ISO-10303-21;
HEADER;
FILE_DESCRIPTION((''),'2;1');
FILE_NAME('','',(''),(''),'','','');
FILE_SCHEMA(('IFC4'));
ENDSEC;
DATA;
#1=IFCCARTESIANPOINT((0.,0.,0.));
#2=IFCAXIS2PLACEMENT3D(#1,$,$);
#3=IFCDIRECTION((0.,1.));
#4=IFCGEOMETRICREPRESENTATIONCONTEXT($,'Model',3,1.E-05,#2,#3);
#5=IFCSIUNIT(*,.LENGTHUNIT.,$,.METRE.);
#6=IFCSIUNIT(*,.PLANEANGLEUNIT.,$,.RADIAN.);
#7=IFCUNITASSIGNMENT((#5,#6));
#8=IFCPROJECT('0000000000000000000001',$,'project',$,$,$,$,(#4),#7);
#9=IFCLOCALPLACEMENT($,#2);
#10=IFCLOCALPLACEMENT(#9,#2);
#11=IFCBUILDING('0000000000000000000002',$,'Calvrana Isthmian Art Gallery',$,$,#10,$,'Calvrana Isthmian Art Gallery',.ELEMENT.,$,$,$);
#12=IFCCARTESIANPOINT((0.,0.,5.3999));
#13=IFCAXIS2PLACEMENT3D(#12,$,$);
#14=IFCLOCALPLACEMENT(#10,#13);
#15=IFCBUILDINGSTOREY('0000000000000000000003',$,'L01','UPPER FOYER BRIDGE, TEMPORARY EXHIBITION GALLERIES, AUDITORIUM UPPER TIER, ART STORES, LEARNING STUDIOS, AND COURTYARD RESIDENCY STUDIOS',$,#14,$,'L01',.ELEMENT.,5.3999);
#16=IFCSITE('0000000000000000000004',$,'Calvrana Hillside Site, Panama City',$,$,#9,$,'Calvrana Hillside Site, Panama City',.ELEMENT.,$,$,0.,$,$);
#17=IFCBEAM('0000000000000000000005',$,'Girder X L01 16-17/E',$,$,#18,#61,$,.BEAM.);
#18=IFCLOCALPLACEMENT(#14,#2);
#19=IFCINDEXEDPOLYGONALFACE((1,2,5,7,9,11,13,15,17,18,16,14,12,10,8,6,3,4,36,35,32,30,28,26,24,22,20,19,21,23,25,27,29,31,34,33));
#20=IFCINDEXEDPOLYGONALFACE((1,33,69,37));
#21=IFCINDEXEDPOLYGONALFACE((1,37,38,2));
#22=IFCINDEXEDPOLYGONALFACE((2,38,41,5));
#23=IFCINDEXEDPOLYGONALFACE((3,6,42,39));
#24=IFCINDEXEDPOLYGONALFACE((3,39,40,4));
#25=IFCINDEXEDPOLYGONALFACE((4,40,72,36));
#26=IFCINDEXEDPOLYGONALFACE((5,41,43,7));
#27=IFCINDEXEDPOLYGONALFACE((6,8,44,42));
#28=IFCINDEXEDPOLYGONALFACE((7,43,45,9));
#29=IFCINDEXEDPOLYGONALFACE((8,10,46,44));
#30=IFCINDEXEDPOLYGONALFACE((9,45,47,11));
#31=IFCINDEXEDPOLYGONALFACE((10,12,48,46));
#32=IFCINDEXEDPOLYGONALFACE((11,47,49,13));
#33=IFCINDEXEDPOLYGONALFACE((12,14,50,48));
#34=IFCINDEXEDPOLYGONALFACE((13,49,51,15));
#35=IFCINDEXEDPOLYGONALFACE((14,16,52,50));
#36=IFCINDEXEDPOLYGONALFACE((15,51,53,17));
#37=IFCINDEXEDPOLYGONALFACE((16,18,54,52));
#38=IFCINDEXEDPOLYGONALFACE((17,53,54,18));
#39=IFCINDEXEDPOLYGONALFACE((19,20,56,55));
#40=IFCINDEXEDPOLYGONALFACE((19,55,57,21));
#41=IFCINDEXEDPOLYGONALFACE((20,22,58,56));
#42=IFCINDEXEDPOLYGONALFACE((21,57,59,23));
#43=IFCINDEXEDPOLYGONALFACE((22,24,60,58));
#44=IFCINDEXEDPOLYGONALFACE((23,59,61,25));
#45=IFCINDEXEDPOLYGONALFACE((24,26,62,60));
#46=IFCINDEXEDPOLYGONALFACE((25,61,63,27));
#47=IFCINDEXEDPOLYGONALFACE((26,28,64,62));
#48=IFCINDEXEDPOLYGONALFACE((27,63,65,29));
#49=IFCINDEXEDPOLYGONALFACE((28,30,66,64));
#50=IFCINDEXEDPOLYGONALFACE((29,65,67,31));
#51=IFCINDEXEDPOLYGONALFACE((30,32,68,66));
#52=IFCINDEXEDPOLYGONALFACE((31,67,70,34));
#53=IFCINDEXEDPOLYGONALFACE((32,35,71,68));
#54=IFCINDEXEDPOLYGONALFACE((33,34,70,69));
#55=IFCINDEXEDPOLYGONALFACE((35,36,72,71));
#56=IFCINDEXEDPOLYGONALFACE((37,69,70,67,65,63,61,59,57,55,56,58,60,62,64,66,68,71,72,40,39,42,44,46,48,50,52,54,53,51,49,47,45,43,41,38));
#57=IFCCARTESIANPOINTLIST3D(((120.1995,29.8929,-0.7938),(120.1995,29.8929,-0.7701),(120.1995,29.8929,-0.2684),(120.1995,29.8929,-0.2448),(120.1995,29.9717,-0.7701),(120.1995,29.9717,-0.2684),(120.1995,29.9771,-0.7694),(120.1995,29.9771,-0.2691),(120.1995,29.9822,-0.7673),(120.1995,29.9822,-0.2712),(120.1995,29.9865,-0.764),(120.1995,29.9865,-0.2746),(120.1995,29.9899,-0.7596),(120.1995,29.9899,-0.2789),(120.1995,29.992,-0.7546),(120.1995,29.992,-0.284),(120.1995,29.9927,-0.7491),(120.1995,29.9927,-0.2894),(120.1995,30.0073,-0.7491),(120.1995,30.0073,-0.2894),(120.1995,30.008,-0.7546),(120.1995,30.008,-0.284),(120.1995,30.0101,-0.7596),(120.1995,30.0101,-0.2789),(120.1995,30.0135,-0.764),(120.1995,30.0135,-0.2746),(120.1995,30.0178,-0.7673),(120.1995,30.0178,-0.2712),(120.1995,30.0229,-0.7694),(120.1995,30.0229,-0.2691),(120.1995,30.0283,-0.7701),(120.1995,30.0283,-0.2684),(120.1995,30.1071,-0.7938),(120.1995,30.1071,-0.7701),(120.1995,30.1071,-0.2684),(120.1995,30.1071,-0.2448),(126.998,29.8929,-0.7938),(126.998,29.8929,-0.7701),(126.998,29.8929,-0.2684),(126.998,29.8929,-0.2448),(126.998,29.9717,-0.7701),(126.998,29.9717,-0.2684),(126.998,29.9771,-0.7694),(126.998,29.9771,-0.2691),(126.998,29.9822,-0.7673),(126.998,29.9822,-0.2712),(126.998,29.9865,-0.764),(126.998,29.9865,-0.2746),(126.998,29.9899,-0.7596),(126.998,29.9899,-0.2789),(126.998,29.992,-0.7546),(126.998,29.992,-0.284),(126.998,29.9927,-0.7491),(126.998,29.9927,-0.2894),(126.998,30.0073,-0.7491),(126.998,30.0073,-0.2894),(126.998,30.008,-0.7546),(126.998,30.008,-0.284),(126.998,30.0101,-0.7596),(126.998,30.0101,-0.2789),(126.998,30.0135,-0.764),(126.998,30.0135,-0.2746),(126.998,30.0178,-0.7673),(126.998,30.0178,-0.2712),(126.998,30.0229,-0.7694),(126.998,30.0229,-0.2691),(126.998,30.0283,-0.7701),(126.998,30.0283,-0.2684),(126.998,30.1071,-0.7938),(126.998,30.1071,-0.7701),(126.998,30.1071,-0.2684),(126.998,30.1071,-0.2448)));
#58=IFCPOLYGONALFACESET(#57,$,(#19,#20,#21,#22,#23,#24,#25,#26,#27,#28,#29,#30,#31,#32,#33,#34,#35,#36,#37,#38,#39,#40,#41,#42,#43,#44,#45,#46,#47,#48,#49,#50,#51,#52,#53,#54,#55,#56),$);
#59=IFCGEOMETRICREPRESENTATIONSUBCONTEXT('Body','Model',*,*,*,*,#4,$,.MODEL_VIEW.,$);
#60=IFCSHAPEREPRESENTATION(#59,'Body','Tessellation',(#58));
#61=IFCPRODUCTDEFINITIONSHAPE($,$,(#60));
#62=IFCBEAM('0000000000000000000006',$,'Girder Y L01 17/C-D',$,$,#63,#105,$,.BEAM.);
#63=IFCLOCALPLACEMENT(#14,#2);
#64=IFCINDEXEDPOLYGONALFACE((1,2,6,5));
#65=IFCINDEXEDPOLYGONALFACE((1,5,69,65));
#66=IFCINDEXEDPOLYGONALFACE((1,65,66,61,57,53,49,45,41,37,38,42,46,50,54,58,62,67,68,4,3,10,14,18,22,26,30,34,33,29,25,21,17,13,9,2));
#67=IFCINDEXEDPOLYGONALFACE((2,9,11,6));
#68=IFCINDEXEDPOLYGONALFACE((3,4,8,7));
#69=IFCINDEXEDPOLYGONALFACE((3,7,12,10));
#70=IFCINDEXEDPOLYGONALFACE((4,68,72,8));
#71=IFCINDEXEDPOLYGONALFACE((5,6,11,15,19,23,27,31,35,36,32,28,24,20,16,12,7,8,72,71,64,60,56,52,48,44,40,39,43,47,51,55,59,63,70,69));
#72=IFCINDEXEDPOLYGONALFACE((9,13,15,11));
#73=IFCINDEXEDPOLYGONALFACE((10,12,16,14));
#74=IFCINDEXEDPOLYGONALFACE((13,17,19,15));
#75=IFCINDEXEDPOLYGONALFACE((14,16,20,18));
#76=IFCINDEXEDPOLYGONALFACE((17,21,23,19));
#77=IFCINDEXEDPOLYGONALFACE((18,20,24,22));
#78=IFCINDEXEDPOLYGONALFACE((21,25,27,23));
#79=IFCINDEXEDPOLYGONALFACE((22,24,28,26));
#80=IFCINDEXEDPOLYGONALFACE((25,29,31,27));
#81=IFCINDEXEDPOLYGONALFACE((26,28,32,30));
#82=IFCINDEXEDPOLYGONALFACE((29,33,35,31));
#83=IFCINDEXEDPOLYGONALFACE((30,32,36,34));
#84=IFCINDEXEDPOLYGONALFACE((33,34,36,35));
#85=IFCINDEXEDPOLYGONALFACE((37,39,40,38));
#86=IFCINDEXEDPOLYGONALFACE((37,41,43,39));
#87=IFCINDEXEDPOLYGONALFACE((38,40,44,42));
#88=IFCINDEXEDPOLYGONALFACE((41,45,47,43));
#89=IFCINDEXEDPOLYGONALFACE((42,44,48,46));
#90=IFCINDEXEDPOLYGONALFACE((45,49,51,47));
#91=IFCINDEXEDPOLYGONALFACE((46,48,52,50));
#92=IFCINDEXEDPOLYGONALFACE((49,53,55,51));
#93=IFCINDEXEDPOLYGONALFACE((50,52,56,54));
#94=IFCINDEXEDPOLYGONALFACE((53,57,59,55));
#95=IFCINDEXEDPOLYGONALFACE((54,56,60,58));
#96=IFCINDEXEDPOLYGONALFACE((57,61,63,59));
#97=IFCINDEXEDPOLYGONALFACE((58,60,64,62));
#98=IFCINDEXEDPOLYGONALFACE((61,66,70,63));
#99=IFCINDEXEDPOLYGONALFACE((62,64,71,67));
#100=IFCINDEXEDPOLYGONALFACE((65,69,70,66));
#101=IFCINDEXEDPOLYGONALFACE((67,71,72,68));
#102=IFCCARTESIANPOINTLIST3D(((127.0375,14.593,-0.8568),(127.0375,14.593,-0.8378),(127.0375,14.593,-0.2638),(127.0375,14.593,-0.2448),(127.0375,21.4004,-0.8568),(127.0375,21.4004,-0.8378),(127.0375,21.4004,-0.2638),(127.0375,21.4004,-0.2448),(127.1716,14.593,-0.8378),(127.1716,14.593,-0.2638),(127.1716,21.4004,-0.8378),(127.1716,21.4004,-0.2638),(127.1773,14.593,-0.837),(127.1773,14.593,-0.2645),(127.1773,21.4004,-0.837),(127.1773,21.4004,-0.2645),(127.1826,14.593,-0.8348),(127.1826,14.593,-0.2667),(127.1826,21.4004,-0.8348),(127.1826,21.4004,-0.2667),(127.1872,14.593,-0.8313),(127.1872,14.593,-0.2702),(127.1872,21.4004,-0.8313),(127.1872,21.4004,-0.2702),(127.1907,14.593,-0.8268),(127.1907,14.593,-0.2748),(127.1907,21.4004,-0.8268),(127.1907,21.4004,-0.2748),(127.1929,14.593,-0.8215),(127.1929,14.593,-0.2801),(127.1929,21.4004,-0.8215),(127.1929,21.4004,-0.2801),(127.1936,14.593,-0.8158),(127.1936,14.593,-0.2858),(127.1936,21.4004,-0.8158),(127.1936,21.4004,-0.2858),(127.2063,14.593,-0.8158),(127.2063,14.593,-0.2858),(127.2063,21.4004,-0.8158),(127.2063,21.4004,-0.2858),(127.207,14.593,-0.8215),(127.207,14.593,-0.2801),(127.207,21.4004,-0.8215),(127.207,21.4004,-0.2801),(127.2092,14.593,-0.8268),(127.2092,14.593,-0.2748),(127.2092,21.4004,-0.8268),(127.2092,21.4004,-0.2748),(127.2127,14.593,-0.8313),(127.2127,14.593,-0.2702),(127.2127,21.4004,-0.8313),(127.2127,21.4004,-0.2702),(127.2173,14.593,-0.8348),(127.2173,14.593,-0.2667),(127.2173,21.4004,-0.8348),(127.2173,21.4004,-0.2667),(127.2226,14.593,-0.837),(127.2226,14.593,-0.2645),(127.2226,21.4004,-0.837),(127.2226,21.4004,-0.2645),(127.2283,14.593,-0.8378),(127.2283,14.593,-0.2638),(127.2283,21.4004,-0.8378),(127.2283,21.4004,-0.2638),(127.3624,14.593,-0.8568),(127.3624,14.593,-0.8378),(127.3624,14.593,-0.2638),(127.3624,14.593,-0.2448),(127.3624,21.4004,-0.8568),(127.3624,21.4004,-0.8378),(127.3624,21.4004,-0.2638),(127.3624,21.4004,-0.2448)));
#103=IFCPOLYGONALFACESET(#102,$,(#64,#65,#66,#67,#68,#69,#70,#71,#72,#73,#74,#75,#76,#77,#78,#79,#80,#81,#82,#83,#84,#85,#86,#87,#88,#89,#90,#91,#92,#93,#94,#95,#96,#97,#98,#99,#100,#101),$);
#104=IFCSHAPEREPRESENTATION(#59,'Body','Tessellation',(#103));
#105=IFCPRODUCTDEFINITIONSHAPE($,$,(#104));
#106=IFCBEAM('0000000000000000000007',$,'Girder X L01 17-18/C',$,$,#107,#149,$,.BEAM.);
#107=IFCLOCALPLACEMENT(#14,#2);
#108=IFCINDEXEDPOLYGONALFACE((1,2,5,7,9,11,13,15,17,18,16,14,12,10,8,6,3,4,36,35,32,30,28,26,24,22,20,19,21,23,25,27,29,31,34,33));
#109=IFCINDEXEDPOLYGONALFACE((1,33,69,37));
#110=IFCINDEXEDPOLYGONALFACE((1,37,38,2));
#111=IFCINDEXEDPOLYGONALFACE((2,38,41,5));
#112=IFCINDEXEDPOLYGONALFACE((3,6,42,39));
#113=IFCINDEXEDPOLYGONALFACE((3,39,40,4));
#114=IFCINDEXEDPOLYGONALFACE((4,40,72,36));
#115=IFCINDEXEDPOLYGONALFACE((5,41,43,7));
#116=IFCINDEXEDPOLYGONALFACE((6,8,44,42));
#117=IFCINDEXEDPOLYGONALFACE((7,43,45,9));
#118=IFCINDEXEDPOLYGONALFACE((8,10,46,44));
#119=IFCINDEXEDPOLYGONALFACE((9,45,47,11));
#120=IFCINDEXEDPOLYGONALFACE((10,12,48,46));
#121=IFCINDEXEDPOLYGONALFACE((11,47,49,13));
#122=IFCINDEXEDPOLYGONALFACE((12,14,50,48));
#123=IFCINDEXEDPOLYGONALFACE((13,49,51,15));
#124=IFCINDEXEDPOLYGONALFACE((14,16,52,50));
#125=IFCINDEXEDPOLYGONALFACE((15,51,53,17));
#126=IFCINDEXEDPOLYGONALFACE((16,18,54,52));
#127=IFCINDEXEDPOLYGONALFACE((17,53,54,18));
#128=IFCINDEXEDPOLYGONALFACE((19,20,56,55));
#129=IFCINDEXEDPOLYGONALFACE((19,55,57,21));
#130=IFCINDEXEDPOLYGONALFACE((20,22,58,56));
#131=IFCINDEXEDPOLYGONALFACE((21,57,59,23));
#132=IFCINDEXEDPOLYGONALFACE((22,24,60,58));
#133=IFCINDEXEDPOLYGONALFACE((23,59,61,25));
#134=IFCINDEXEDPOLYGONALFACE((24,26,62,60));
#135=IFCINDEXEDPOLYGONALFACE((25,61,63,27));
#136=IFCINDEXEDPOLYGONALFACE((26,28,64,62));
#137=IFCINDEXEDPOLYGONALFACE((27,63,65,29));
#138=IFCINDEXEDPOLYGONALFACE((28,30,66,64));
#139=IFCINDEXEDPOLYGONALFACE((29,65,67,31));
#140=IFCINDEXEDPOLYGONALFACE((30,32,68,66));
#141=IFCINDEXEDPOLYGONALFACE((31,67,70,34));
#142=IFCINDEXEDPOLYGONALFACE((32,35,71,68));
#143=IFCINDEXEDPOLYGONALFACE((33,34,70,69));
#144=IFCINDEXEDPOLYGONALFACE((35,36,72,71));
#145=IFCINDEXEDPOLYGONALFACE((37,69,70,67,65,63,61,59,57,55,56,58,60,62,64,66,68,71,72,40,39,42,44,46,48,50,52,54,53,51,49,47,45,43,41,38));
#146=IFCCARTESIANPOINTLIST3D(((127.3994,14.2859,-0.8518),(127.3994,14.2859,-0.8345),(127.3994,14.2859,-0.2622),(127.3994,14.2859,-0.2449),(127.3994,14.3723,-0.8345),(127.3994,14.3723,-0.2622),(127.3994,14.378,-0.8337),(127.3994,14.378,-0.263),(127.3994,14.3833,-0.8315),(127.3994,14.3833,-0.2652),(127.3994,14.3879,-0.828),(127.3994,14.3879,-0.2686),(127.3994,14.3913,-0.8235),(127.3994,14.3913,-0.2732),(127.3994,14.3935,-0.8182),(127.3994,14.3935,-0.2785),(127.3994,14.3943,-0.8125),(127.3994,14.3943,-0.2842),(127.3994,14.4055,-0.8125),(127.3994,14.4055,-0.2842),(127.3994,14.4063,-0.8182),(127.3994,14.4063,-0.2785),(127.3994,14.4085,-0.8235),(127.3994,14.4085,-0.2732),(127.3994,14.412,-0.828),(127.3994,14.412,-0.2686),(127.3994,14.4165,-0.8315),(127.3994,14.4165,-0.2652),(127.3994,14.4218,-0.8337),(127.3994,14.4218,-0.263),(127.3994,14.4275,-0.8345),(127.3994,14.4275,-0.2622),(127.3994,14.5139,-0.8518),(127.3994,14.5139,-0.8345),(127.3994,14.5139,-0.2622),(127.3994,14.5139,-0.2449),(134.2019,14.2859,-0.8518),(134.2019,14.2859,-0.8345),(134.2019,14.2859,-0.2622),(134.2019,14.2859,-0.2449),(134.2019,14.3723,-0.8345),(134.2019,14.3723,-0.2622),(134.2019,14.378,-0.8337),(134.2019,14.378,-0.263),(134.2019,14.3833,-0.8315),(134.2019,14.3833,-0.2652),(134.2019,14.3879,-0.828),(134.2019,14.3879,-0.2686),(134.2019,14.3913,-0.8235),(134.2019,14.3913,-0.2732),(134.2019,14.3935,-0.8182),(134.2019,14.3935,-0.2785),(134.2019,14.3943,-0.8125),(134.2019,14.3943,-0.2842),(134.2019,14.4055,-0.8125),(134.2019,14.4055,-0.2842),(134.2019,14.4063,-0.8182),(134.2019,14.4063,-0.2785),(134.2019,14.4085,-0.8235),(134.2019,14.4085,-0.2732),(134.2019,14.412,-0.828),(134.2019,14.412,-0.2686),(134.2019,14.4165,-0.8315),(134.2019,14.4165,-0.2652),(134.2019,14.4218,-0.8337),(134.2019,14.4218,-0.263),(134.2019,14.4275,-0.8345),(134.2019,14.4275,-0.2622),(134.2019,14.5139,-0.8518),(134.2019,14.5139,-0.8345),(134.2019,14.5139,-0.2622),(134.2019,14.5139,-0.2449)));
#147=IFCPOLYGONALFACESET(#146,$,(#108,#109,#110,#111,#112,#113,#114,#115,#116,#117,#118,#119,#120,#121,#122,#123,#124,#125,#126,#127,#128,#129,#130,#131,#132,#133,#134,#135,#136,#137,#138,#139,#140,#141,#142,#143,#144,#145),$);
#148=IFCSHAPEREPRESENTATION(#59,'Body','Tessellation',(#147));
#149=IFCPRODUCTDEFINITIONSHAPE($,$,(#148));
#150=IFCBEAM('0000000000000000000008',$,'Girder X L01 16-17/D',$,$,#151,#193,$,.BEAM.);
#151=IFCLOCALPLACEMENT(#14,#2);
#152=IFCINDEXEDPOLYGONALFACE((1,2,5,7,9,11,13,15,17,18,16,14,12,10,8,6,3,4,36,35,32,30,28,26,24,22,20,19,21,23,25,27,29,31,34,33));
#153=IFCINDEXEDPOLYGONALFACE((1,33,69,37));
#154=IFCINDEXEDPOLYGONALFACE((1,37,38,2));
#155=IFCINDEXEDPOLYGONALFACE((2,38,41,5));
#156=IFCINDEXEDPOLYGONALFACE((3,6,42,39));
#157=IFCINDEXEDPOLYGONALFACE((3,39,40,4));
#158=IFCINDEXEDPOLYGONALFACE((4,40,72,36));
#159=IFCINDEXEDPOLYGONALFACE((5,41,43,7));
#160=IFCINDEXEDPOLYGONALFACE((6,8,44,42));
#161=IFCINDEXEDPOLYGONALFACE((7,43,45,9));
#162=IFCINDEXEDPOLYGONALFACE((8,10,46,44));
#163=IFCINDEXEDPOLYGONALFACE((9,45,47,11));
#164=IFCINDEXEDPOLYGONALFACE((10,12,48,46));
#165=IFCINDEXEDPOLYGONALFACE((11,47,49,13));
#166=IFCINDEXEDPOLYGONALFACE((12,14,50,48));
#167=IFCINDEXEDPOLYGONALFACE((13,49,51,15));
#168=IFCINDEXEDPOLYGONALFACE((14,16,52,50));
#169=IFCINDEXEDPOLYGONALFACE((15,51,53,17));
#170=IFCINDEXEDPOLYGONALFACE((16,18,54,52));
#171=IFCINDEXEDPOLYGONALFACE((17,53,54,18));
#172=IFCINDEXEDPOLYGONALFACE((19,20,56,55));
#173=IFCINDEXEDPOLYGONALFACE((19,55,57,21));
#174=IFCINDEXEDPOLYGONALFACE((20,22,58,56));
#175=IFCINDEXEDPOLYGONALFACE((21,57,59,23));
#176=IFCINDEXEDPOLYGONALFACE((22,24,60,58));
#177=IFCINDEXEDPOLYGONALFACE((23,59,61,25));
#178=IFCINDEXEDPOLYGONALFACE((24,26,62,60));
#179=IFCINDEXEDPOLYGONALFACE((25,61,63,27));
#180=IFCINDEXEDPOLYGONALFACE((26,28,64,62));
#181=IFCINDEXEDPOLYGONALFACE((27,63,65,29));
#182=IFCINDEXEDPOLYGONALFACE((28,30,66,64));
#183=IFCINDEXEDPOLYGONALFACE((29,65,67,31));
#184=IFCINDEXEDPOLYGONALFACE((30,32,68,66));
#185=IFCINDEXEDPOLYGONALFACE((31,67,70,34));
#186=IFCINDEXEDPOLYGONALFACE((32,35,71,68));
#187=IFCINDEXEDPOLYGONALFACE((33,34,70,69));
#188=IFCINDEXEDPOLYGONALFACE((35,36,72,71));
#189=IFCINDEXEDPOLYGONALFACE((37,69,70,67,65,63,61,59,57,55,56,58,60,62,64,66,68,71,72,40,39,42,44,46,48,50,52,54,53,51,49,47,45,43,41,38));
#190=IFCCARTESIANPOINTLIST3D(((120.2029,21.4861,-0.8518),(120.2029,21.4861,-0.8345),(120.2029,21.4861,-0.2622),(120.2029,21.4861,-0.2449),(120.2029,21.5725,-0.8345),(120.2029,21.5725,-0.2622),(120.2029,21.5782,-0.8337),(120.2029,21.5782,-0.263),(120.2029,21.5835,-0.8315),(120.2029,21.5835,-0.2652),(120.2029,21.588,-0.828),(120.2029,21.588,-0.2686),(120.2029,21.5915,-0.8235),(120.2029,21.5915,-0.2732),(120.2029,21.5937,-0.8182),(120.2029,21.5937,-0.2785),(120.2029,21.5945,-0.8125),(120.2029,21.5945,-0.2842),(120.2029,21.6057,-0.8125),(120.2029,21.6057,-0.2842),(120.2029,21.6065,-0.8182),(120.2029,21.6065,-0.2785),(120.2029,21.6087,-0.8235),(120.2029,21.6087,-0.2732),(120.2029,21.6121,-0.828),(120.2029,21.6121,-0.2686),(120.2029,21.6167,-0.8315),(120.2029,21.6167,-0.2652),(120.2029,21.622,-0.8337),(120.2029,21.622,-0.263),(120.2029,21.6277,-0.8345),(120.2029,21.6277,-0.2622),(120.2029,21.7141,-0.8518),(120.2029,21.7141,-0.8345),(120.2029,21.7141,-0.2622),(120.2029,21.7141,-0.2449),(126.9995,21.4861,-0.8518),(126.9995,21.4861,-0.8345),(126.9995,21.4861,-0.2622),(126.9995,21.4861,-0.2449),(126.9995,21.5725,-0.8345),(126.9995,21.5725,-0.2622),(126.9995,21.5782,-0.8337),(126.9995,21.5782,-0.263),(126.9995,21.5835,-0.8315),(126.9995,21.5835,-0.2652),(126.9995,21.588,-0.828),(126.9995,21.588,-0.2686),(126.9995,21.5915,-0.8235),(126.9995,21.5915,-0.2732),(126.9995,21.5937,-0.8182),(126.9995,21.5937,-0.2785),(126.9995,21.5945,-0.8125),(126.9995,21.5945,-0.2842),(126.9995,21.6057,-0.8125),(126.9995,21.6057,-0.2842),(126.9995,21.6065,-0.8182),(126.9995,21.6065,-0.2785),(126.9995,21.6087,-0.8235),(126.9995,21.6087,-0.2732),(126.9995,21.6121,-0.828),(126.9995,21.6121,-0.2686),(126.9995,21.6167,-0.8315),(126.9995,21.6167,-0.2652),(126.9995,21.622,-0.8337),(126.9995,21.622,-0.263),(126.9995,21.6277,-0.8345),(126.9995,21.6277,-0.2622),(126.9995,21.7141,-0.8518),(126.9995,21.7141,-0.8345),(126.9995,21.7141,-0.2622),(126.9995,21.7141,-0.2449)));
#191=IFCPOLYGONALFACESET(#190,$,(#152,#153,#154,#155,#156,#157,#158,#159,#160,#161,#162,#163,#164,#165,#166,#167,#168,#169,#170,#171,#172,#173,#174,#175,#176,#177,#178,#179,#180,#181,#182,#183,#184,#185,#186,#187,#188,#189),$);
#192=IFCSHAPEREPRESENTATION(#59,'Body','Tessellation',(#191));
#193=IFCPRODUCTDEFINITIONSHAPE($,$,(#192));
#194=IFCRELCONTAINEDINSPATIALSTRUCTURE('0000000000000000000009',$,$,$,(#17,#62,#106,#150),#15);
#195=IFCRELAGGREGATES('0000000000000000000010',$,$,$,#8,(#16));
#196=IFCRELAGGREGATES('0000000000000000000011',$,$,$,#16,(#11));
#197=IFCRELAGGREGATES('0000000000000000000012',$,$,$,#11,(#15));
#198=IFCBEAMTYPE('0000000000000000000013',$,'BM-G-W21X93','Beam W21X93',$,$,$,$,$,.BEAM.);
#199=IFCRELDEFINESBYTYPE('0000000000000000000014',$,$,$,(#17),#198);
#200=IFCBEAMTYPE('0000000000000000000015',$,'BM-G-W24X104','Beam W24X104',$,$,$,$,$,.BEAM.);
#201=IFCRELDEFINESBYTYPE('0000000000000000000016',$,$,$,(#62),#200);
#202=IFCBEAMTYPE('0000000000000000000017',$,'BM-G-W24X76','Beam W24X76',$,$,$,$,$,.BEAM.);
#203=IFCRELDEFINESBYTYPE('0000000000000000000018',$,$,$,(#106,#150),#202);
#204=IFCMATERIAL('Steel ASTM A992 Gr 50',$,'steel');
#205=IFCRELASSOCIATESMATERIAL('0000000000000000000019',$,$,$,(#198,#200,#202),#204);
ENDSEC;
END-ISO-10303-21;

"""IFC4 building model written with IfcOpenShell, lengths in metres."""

from ifc_helpers import new_model, si_unit, direction, frame, origin, origin_2d, place, context, subcontext, project, spatial, i_section, extrude, material, material_profile, profile_set, type_object, element, save


model = new_model("IFC4")

# Units and contexts
model_context = context("Model", 3, precision=1e-05, world=origin(), true_north=direction((0.0, 1.0)))
body_context = subcontext(model_context, "Body", "Model", "MODEL_VIEW")
ifc_project = project(units=[si_unit("LENGTHUNIT", "METRE"), si_unit("PLANEANGLEUNIT", "RADIAN")], contexts=[model_context])

# Site, building, storey
site_placement = place(None, origin())
site = spatial("IfcSite", under=ifc_project, at=site_placement, Name="Calvrana Hillside Site, Panama City", LongName="Calvrana Hillside Site, Panama City", CompositionType="ELEMENT", RefElevation=0.0)
building_placement = place(site_placement, origin())
building = spatial("IfcBuilding", under=site, at=building_placement, Name="Calvrana Isthmian Art Gallery", LongName="Calvrana Isthmian Art Gallery", CompositionType="ELEMENT")
storey_placement = place(building_placement, frame((0.0, 0.0, 5.3999)))
storey = spatial("IfcBuildingStorey", under=building, at=storey_placement, Name="L01", Description="UPPER FOYER BRIDGE, TEMPORARY EXHIBITION GALLERIES, AUDITORIUM UPPER TIER, ART STORES, LEARNING STUDIOS, AND COURTYARD RESIDENCY STUDIOS", LongName="L01", CompositionType="ELEMENT", Elevation=5.3999)

# Shared definitions
ifc_material_1 = material(Name="Steel ASTM A992 Gr 50", Category="steel")

# Beams
ifc_material_profile_1 = material_profile(ifc_material_1, i_section(OverallWidth=0.2141, OverallDepth=0.5491, WebThickness=0.0146, FlangeThickness=0.0237, FilletRadius=0.021, at=origin_2d()), Name="W21X93")
ifc_profile_set_1 = profile_set([ifc_material_profile_1], Name="Steel ASTM A992 Gr 50")
beam_type_1 = type_object("IfcBeamType", Name="BM-G-W21X93", Description="Beam W21X93", PredefinedType="BEAM", material=ifc_profile_set_1)
beam_1_placement = place(storey_placement, frame((120.1995, 30.0, -0.5193), z_axis=(1.0, 0.0, 0.0), x_axis=(0.0, 1.0, 0.0)))
element("IfcBeam", 1, at=beam_1_placement, inside=storey, type_object=beam_type_1, Name="Girder X L01 16-17/E", PredefinedType="BEAM", context=body_context, shape_type="SweptSolid", body=[
    extrude(i_section(OverallWidth=0.2141, OverallDepth=0.5491, WebThickness=0.0146, FlangeThickness=0.0237, FilletRadius=0.021, at=origin_2d()), origin(), (0.0, 0.0, 1.0), 6.7986),
])
ifc_material_profile_2 = material_profile(ifc_material_1, i_section(OverallWidth=0.325, OverallDepth=0.6121, WebThickness=0.0127, FlangeThickness=0.019, FilletRadius=0.022, at=origin_2d()), Name="W24X104")
ifc_profile_set_2 = profile_set([ifc_material_profile_2], Name="Steel ASTM A992 Gr 50")
beam_type_2 = type_object("IfcBeamType", Name="BM-G-W24X104", Description="Beam W24X104", PredefinedType="BEAM", material=ifc_profile_set_2)
beam_2_placement = place(storey_placement, frame((127.2, 14.593, -0.5508), z_axis=(0.0, 1.0, 0.0), x_axis=(-1.0, 0.0, 0.0)))
element("IfcBeam", 2, at=beam_2_placement, inside=storey, type_object=beam_type_2, Name="Girder Y L01 17/C-D", PredefinedType="BEAM", context=body_context, shape_type="SweptSolid", body=[
    extrude(i_section(OverallWidth=0.325, OverallDepth=0.6121, WebThickness=0.0127, FlangeThickness=0.019, FilletRadius=0.022, at=origin_2d()), origin(), (0.0, 0.0, 1.0), 6.8074),
])
ifc_material_profile_3 = material_profile(ifc_material_1, i_section(OverallWidth=0.228, OverallDepth=0.6069, WebThickness=0.0112, FlangeThickness=0.0173, FilletRadius=0.022, at=origin_2d()), Name="W24X76")
ifc_profile_set_3 = profile_set([ifc_material_profile_3], Name="Steel ASTM A992 Gr 50")
beam_type_3 = type_object("IfcBeamType", Name="BM-G-W24X76", Description="Beam W24X76", PredefinedType="BEAM", material=ifc_profile_set_3)
beam_3_placement = place(storey_placement, frame((127.3994, 14.3999, -0.5483), z_axis=(1.0, 0.0, 0.0), x_axis=(0.0, 1.0, 0.0)))
element("IfcBeam", 3, at=beam_3_placement, inside=storey, type_object=beam_type_3, Name="Girder X L01 17-18/C", PredefinedType="BEAM", context=body_context, shape_type="SweptSolid", body=[
    extrude(i_section(OverallWidth=0.228, OverallDepth=0.6069, WebThickness=0.0112, FlangeThickness=0.0173, FilletRadius=0.022, at=origin_2d()), origin(), (0.0, 0.0, 1.0), 6.8025),
])
beam_4_placement = place(storey_placement, frame((120.2029, 21.6001, -0.5483), z_axis=(1.0, 0.0, 0.0), x_axis=(0.0, 1.0, 0.0)))
element("IfcBeam", 4, at=beam_4_placement, inside=storey, type_object=beam_type_3, Name="Girder X L01 16-17/D", PredefinedType="BEAM", context=body_context, shape_type="SweptSolid", body=[
    extrude(i_section(OverallWidth=0.228, OverallDepth=0.6069, WebThickness=0.0112, FlangeThickness=0.0173, FilletRadius=0.022, at=origin_2d()), origin(), (0.0, 0.0, 1.0), 6.7966),
])

save(model, "model.ifc")
